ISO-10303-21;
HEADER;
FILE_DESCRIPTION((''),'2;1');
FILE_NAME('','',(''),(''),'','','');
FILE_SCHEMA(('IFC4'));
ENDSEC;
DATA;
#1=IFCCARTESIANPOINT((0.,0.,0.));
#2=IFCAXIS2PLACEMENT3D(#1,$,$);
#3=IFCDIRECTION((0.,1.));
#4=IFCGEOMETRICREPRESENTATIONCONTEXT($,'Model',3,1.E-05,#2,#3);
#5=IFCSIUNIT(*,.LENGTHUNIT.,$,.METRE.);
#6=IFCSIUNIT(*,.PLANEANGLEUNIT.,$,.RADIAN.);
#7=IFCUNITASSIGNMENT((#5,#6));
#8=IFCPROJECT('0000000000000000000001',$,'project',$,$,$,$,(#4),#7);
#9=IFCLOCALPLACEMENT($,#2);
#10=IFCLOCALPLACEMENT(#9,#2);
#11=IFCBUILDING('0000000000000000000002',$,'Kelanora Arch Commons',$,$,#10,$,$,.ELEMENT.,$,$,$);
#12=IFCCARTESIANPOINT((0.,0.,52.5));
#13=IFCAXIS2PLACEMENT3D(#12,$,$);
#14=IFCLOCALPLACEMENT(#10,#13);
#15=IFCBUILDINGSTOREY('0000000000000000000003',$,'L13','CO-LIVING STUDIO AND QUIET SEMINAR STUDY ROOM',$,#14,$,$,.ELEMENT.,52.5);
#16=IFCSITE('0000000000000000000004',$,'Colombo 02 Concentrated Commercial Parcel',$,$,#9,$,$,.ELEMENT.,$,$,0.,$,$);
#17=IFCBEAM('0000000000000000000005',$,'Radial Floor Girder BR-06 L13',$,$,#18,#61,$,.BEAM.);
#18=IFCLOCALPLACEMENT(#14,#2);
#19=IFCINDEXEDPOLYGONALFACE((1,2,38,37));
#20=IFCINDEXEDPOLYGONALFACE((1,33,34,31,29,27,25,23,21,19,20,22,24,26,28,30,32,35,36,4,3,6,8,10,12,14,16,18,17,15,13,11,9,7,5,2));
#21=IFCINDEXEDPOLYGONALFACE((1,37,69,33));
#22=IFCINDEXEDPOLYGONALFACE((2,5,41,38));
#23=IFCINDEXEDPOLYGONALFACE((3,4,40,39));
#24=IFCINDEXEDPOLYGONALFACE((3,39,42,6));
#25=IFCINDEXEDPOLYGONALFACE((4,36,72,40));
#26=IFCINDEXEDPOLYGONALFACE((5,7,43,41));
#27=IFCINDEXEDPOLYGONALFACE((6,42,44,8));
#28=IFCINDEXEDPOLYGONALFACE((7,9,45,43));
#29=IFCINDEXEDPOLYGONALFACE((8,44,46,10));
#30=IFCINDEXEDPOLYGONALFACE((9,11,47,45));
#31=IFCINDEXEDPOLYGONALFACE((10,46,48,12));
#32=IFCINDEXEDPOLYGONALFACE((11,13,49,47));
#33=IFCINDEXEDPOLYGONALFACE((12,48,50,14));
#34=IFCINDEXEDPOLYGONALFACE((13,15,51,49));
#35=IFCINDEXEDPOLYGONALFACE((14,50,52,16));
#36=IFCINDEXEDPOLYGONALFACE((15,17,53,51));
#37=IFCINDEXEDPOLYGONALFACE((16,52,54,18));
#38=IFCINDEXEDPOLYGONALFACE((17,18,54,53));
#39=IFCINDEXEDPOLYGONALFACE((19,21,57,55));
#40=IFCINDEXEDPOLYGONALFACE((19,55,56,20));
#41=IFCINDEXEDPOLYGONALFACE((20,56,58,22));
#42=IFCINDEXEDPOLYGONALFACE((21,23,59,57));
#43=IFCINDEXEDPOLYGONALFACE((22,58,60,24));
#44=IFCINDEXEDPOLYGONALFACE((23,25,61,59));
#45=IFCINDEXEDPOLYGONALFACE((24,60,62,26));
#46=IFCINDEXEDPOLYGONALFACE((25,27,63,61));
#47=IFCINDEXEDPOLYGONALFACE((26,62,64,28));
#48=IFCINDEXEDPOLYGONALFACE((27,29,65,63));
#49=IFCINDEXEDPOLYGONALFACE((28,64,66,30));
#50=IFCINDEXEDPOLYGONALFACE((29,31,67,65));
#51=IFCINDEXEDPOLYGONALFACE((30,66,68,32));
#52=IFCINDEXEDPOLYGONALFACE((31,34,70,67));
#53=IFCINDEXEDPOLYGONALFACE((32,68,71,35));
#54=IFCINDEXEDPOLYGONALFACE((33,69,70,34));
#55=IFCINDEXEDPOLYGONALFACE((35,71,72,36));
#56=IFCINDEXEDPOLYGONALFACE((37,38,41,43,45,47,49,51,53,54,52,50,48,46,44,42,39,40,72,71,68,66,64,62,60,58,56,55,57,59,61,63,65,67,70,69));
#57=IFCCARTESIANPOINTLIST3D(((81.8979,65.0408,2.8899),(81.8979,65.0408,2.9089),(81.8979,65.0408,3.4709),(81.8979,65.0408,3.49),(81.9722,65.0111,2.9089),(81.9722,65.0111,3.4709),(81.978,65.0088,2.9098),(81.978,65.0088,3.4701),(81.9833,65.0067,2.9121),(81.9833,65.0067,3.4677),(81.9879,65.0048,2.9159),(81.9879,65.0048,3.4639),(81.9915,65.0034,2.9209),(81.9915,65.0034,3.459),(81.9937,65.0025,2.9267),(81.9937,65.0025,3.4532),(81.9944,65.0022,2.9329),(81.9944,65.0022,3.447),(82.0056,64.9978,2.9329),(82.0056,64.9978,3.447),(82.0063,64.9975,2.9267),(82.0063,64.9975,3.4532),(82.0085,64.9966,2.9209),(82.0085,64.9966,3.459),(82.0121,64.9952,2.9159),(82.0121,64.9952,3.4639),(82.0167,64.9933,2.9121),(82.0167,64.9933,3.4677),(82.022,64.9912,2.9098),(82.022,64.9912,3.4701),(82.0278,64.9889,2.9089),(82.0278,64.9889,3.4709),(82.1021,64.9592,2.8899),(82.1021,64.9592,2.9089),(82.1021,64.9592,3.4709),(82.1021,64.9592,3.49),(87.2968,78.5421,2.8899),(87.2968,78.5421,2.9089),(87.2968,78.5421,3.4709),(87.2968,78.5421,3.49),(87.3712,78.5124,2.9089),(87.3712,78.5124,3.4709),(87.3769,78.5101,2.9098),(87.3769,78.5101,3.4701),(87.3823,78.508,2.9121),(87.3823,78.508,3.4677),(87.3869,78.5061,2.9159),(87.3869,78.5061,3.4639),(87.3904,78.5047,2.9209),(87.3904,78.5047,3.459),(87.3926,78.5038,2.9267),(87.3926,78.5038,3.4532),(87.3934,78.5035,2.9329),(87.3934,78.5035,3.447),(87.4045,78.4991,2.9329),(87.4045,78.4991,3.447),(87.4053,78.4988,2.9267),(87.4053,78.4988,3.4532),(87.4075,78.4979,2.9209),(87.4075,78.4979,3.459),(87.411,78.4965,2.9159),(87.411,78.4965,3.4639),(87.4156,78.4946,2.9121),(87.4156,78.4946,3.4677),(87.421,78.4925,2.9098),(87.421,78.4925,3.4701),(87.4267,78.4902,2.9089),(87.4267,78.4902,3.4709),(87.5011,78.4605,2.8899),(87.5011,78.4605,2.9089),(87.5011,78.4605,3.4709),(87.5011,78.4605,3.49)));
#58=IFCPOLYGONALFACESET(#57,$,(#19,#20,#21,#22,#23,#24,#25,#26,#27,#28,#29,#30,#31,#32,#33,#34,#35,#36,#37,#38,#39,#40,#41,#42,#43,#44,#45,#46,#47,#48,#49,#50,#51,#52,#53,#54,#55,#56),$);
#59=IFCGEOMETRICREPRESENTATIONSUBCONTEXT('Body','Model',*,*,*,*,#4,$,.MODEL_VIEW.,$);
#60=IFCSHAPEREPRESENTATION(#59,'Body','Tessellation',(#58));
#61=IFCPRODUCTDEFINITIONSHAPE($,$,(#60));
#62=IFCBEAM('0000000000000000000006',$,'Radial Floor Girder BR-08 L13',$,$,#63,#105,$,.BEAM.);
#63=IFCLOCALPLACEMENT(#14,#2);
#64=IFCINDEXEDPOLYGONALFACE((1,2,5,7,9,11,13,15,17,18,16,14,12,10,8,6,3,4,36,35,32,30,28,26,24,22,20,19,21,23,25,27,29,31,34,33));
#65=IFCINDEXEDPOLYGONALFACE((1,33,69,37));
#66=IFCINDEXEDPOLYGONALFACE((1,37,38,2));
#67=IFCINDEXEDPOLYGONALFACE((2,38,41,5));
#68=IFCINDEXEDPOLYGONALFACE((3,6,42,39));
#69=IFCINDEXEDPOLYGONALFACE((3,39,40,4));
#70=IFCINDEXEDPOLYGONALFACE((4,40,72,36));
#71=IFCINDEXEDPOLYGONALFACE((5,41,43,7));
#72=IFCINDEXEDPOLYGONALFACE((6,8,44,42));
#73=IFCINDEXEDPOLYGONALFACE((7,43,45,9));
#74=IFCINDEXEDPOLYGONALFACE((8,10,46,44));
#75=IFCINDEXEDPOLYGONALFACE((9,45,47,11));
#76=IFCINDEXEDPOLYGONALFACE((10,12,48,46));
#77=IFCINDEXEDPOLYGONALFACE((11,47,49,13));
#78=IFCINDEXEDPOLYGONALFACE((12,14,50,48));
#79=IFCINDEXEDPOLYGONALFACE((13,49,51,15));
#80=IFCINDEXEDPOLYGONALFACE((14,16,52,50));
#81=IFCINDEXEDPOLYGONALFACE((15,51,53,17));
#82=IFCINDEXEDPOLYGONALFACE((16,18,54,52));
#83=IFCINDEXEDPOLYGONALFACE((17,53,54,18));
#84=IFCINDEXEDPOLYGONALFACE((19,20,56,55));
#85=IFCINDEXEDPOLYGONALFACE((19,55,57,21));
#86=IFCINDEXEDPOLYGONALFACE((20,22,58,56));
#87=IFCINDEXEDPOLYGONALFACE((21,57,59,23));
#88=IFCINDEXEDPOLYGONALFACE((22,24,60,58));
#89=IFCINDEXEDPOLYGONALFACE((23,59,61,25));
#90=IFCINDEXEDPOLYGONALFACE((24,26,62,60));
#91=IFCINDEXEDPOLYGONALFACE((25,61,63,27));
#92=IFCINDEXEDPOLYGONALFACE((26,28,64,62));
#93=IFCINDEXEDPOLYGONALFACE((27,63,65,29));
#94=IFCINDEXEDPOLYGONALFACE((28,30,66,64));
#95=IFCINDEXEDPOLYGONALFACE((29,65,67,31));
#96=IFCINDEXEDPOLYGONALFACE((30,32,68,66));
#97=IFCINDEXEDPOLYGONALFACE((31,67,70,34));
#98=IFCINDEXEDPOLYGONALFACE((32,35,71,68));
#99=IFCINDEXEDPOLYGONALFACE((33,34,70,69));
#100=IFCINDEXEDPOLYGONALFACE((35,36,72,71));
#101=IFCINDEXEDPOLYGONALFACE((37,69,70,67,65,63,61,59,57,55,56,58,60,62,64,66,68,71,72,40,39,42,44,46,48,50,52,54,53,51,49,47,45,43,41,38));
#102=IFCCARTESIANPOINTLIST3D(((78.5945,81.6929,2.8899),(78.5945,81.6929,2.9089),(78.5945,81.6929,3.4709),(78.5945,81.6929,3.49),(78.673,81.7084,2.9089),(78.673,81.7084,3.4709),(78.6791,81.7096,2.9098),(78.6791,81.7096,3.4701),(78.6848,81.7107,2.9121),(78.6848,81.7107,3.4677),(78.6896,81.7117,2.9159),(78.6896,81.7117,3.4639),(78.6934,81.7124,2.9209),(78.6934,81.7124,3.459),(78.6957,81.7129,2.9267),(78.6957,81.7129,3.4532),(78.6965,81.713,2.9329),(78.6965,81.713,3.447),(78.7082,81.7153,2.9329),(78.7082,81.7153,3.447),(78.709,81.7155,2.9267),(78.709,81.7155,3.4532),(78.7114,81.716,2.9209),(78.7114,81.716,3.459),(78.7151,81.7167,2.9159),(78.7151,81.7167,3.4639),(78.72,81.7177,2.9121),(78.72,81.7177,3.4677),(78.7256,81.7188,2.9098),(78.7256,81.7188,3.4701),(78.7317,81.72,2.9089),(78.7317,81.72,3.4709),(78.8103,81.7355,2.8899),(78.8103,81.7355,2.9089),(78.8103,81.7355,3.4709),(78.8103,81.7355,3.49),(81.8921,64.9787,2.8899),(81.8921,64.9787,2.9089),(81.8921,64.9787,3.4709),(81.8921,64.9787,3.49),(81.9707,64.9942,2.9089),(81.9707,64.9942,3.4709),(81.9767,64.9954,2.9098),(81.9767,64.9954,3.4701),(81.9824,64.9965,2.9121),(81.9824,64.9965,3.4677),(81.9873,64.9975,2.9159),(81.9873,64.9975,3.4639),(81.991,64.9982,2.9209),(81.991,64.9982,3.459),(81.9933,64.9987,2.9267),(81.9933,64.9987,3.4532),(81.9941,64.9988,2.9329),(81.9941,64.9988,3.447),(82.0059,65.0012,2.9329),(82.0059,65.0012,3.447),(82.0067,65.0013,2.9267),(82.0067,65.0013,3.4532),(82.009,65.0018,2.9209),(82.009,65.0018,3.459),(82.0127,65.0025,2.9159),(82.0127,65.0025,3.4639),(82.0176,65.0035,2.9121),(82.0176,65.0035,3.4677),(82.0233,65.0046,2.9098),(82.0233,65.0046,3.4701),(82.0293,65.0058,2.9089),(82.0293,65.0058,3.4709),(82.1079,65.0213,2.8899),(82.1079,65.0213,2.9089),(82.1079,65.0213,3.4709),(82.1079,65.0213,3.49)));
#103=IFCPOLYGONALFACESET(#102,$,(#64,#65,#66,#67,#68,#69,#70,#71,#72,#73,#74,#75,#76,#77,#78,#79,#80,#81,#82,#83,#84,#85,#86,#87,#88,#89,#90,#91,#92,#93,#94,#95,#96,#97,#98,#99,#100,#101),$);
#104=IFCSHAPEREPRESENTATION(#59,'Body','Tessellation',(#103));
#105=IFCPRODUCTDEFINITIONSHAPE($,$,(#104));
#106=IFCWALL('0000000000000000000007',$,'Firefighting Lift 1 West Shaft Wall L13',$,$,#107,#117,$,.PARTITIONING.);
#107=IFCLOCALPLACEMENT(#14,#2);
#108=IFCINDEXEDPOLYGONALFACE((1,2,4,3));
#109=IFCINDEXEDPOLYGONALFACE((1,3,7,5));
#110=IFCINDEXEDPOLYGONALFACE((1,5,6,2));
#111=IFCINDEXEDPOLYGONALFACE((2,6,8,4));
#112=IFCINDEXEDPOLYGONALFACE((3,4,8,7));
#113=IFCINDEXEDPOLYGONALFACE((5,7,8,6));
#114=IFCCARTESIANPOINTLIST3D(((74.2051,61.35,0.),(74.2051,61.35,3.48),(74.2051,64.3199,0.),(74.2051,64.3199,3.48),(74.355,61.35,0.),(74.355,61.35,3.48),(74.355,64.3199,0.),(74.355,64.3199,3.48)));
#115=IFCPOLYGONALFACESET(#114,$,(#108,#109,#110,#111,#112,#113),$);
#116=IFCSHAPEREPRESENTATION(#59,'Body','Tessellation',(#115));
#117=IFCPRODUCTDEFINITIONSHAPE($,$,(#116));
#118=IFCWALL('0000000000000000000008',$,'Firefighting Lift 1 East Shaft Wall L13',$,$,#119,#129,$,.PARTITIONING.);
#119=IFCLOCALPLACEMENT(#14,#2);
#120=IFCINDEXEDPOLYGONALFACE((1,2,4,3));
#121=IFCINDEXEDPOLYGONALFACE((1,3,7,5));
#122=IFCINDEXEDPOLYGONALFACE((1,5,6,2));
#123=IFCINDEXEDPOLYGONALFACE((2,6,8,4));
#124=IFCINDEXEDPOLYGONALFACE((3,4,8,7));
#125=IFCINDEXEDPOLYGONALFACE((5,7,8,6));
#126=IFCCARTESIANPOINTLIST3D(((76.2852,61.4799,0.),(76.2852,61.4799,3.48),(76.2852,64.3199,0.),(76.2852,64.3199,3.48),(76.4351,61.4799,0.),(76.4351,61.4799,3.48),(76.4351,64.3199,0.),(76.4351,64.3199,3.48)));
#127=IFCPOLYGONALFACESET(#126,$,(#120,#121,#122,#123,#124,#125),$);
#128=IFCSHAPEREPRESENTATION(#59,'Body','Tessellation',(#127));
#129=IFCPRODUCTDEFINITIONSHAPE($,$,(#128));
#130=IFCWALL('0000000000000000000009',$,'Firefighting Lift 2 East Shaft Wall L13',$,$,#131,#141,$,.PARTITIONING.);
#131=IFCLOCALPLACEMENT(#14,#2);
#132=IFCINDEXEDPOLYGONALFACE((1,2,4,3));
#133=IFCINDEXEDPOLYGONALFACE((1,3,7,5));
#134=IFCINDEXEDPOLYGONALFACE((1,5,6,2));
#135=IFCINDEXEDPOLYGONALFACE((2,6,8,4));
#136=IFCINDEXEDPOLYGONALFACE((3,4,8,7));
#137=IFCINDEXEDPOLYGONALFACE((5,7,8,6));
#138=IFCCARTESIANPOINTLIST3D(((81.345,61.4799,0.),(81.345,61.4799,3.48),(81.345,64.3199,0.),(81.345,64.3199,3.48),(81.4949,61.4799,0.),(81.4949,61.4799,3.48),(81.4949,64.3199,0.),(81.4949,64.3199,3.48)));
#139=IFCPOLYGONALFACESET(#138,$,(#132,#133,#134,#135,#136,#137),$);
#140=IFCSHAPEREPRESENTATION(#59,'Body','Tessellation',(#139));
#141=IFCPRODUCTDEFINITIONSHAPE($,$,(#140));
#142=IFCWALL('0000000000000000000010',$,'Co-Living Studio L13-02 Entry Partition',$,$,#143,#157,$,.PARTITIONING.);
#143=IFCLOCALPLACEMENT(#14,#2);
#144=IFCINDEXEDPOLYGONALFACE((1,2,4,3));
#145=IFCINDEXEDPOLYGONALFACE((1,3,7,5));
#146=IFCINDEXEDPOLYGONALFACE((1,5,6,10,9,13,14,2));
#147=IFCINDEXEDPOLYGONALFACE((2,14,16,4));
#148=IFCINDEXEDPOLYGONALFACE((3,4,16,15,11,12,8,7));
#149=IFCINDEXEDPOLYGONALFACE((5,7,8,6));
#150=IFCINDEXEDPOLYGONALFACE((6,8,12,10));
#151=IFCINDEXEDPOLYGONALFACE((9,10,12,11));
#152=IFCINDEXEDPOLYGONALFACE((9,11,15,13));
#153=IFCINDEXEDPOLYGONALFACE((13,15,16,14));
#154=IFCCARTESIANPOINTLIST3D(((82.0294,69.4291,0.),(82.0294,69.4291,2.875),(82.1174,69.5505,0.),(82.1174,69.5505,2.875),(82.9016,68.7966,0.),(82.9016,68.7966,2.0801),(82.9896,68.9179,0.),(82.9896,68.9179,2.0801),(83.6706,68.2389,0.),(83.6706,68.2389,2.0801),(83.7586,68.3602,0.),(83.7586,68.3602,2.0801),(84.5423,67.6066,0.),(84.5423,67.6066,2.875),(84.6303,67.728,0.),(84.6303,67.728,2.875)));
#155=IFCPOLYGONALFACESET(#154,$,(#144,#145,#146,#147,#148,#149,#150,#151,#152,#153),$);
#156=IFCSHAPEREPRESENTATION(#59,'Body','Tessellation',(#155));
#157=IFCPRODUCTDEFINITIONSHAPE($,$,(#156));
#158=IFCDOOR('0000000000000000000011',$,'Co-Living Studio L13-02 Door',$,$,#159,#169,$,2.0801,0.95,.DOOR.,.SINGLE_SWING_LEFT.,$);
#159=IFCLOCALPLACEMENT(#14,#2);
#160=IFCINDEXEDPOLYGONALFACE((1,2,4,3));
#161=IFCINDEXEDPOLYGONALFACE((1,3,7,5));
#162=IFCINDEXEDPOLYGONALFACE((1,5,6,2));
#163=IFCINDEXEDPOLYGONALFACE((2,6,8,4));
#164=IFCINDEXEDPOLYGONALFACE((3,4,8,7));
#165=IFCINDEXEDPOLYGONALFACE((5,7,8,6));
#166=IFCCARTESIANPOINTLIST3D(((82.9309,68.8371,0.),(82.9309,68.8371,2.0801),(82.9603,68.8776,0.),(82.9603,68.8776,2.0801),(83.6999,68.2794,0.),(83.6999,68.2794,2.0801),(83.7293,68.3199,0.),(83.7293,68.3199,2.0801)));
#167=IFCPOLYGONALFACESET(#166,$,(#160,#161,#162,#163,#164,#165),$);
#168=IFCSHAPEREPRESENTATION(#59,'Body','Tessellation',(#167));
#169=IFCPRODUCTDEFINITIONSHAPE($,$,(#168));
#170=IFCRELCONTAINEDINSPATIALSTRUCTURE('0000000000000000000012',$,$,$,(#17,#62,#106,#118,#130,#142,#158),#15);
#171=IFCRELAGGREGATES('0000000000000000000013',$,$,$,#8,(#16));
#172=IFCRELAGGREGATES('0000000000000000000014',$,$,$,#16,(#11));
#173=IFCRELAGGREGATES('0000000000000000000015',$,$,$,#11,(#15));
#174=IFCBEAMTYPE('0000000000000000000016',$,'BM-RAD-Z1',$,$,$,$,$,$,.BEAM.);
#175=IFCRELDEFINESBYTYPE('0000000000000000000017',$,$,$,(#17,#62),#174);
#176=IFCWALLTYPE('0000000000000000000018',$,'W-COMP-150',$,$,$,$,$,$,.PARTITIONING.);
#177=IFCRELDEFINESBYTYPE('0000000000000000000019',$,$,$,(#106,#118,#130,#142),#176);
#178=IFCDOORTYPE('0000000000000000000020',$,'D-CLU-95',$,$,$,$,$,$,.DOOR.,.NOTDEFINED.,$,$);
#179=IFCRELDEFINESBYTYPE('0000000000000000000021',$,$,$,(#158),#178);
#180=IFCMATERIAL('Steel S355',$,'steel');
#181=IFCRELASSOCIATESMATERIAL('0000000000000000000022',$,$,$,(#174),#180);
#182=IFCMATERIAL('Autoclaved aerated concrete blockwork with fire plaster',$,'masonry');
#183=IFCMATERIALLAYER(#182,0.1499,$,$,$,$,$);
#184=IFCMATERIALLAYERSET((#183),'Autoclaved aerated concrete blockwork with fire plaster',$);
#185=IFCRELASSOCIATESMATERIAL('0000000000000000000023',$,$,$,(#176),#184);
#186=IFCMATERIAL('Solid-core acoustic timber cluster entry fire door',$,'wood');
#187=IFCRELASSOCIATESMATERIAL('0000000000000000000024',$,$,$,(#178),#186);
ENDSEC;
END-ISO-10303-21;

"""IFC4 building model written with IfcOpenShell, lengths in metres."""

from ifc_helpers import new_model, si_unit, direction, frame, frame_2d, origin, origin_2d, place, context, subcontext, project, spatial, rectangle, i_section, extrude, material, layer, layer_set, material_profile, profile_set, type_object, element, fill, save


model = new_model("IFC4")

# Units and contexts
model_context = context("Model", 3, precision=1e-05, world=origin(), true_north=direction((0.0, 1.0)))
body_context = subcontext(model_context, "Body", "Model", "MODEL_VIEW")
ifc_project = project(units=[si_unit("LENGTHUNIT", "METRE"), si_unit("PLANEANGLEUNIT", "RADIAN")], contexts=[model_context])

# Site, building, storey
site_placement = place(None, origin())
site = spatial("IfcSite", under=ifc_project, at=site_placement, Name="Colombo 02 Concentrated Commercial Parcel", CompositionType="ELEMENT", RefElevation=0.0)
building_placement = place(site_placement, origin())
building = spatial("IfcBuilding", under=site, at=building_placement, Name="Kelanora Arch Commons", CompositionType="ELEMENT")
storey_placement = place(building_placement, frame((0.0, 0.0, 52.5)))
storey = spatial("IfcBuildingStorey", under=building, at=storey_placement, Name="L13", Description="CO-LIVING STUDIO AND QUIET SEMINAR STUDY ROOM", CompositionType="ELEMENT", Elevation=52.5)

# Beams
ifc_material_1 = material(Name="Steel S355", Category="steel")
ifc_material_profile_1 = material_profile(ifc_material_1, i_section(OverallWidth=0.22, OverallDepth=0.6001, WebThickness=0.012, FlangeThickness=0.019, FilletRadius=0.0239, at=origin_2d()), Name="IPE600")
ifc_profile_set_1 = profile_set([ifc_material_profile_1], Name="Steel S355")
beam_type_1 = type_object("IfcBeamType", Name="BM-RAD-Z1", PredefinedType="BEAM", material=ifc_profile_set_1)
beam_1_placement = place(storey_placement, frame((82.0, 65.0, 3.1899), z_axis=(0.371298, 0.928514, 0.0), x_axis=(-0.928514, 0.371298, 0.0)))
element("IfcBeam", 1, at=beam_1_placement, inside=storey, type_object=beam_type_1, Name="Radial Floor Girder BR-06 L13", PredefinedType="BEAM", context=body_context, shape_type="SweptSolid", body=[
    extrude(i_section(OverallWidth=0.22, OverallDepth=0.6001, WebThickness=0.012, FlangeThickness=0.019, FilletRadius=0.0239, at=origin_2d()), origin(), (0.0, 0.0, 1.0), 14.5408),
])
beam_2_placement = place(storey_placement, frame((82.0, 65.0, 3.1899), z_axis=(-0.193564, 0.981088, 0.0), x_axis=(-0.981088, -0.193564, 0.0)))
element("IfcBeam", 2, at=beam_2_placement, inside=storey, type_object=beam_type_1, Name="Radial Floor Girder BR-08 L13", PredefinedType="BEAM", context=body_context, shape_type="SweptSolid", body=[
    extrude(i_section(OverallWidth=0.22, OverallDepth=0.6001, WebThickness=0.012, FlangeThickness=0.019, FilletRadius=0.0239, at=origin_2d()), origin(), (0.0, 0.0, 1.0), 17.0364),
])

# Walls
ifc_material_2 = material(Name="Autoclaved aerated concrete blockwork with fire plaster", Category="masonry")
ifc_layer_1 = layer(ifc_material_2, 0.1499)
ifc_layer_set_1 = layer_set([ifc_layer_1], Name="Autoclaved aerated concrete blockwork with fire plaster")
wall_type_1 = type_object("IfcWallType", Name="W-COMP-150", PredefinedType="PARTITIONING", material=ifc_layer_set_1)
wall_1_placement = place(storey_placement, frame((74.28, 61.3501, 0.0), z_axis=(0.0, 0.0, 1.0), x_axis=(0.0, 1.0, 0.0)))
element("IfcWall", 3, at=wall_1_placement, inside=storey, type_object=wall_type_1, Name="Firefighting Lift 1 West Shaft Wall L13", PredefinedType="PARTITIONING", context=body_context, shape_type="SweptSolid", body=[
    extrude(rectangle(XDim=2.97, YDim=0.1499, at=frame_2d((1.4849, 0.0))), origin(), (0.0, 0.0, 1.0), 3.48),
])
for number, where, z_axis, x_axis, name in (
    (4, (76.3601, 61.48, 0.0), (0.0, 0.0, 1.0), (0.0, 1.0, 0.0), "Firefighting Lift 1 East Shaft Wall L13"),
    (5, (81.4199, 61.48, 0.0), (0.0, 0.0, 1.0), (0.0, 1.0, 0.0), "Firefighting Lift 2 East Shaft Wall L13"),
):
    element("IfcWall", number, at=place(storey_placement, frame(where, z_axis=z_axis, x_axis=x_axis)), inside=storey, type_object=wall_type_1, Name=name, PredefinedType="PARTITIONING", context=body_context, shape_type="SweptSolid", body=[
        extrude(rectangle(XDim=2.8401, YDim=0.1499, at=frame_2d((1.4199, 0.0))), origin(), (0.0, 0.0, 1.0), 3.48),
    ])

# Wall, opening, door
wall_2_placement = place(storey_placement, frame((84.5864, 67.6672, 0.0), z_axis=(0.0, 0.0, 1.0), x_axis=(-0.809514, 0.5871, 0.0)))
wall_2 = element("IfcWall", 6, at=wall_2_placement, inside=storey, type_object=wall_type_1, Name="Co-Living Studio L13-02 Entry Partition", PredefinedType="PARTITIONING", context=body_context, shape_type="SweptSolid", body=[
    extrude(rectangle(XDim=3.1042, YDim=0.1499, at=frame_2d((1.5522, 0.0))), origin(), (0.0, 0.0, 1.0), 2.875),
])
opening_1_placement = place(wall_2_placement, frame((1.0769, 0.0, 0.0)))
opening_1 = element("IfcOpeningElement", 7, at=opening_1_placement, cuts=wall_2, PredefinedType="OPENING", context=body_context, shape_type="SweptSolid", body=[
    extrude(rectangle(XDim=0.95, YDim=2.0801, at=frame_2d((0.4751, 1.04))), frame((0.0, 0.085, 0.0), z_axis=(0.0, -1.0, 0.0), x_axis=(1.0, 0.0, 0.0)), (0.0, 0.0, 1.0), 0.1699),
])
ifc_material_3 = material(Name="Solid-core acoustic timber cluster entry fire door", Category="wood")
door_type_1 = type_object("IfcDoorType", Name="D-CLU-95", OperationType="NOTDEFINED", PredefinedType="DOOR", material=ifc_material_3)
door_1_placement = place(opening_1_placement, origin())
door_1 = element("IfcDoor", 8, at=door_1_placement, inside=storey, type_object=door_type_1, Name="Co-Living Studio L13-02 Door", OperationType="SINGLE_SWING_LEFT", OverallHeight=2.0801, OverallWidth=0.95, PredefinedType="DOOR", context=body_context, shape_type="SweptSolid", body=[
    extrude(rectangle(XDim=0.95, YDim=2.0801, at=frame_2d((0.4751, 1.04))), frame((0.0, 0.0249, 0.0), z_axis=(0.0, -1.0, 0.0), x_axis=(1.0, 0.0, 0.0)), (0.0, 0.0, 1.0), 0.05),
])
fill(opening_1, door_1)

save(model, "model.ifc")
